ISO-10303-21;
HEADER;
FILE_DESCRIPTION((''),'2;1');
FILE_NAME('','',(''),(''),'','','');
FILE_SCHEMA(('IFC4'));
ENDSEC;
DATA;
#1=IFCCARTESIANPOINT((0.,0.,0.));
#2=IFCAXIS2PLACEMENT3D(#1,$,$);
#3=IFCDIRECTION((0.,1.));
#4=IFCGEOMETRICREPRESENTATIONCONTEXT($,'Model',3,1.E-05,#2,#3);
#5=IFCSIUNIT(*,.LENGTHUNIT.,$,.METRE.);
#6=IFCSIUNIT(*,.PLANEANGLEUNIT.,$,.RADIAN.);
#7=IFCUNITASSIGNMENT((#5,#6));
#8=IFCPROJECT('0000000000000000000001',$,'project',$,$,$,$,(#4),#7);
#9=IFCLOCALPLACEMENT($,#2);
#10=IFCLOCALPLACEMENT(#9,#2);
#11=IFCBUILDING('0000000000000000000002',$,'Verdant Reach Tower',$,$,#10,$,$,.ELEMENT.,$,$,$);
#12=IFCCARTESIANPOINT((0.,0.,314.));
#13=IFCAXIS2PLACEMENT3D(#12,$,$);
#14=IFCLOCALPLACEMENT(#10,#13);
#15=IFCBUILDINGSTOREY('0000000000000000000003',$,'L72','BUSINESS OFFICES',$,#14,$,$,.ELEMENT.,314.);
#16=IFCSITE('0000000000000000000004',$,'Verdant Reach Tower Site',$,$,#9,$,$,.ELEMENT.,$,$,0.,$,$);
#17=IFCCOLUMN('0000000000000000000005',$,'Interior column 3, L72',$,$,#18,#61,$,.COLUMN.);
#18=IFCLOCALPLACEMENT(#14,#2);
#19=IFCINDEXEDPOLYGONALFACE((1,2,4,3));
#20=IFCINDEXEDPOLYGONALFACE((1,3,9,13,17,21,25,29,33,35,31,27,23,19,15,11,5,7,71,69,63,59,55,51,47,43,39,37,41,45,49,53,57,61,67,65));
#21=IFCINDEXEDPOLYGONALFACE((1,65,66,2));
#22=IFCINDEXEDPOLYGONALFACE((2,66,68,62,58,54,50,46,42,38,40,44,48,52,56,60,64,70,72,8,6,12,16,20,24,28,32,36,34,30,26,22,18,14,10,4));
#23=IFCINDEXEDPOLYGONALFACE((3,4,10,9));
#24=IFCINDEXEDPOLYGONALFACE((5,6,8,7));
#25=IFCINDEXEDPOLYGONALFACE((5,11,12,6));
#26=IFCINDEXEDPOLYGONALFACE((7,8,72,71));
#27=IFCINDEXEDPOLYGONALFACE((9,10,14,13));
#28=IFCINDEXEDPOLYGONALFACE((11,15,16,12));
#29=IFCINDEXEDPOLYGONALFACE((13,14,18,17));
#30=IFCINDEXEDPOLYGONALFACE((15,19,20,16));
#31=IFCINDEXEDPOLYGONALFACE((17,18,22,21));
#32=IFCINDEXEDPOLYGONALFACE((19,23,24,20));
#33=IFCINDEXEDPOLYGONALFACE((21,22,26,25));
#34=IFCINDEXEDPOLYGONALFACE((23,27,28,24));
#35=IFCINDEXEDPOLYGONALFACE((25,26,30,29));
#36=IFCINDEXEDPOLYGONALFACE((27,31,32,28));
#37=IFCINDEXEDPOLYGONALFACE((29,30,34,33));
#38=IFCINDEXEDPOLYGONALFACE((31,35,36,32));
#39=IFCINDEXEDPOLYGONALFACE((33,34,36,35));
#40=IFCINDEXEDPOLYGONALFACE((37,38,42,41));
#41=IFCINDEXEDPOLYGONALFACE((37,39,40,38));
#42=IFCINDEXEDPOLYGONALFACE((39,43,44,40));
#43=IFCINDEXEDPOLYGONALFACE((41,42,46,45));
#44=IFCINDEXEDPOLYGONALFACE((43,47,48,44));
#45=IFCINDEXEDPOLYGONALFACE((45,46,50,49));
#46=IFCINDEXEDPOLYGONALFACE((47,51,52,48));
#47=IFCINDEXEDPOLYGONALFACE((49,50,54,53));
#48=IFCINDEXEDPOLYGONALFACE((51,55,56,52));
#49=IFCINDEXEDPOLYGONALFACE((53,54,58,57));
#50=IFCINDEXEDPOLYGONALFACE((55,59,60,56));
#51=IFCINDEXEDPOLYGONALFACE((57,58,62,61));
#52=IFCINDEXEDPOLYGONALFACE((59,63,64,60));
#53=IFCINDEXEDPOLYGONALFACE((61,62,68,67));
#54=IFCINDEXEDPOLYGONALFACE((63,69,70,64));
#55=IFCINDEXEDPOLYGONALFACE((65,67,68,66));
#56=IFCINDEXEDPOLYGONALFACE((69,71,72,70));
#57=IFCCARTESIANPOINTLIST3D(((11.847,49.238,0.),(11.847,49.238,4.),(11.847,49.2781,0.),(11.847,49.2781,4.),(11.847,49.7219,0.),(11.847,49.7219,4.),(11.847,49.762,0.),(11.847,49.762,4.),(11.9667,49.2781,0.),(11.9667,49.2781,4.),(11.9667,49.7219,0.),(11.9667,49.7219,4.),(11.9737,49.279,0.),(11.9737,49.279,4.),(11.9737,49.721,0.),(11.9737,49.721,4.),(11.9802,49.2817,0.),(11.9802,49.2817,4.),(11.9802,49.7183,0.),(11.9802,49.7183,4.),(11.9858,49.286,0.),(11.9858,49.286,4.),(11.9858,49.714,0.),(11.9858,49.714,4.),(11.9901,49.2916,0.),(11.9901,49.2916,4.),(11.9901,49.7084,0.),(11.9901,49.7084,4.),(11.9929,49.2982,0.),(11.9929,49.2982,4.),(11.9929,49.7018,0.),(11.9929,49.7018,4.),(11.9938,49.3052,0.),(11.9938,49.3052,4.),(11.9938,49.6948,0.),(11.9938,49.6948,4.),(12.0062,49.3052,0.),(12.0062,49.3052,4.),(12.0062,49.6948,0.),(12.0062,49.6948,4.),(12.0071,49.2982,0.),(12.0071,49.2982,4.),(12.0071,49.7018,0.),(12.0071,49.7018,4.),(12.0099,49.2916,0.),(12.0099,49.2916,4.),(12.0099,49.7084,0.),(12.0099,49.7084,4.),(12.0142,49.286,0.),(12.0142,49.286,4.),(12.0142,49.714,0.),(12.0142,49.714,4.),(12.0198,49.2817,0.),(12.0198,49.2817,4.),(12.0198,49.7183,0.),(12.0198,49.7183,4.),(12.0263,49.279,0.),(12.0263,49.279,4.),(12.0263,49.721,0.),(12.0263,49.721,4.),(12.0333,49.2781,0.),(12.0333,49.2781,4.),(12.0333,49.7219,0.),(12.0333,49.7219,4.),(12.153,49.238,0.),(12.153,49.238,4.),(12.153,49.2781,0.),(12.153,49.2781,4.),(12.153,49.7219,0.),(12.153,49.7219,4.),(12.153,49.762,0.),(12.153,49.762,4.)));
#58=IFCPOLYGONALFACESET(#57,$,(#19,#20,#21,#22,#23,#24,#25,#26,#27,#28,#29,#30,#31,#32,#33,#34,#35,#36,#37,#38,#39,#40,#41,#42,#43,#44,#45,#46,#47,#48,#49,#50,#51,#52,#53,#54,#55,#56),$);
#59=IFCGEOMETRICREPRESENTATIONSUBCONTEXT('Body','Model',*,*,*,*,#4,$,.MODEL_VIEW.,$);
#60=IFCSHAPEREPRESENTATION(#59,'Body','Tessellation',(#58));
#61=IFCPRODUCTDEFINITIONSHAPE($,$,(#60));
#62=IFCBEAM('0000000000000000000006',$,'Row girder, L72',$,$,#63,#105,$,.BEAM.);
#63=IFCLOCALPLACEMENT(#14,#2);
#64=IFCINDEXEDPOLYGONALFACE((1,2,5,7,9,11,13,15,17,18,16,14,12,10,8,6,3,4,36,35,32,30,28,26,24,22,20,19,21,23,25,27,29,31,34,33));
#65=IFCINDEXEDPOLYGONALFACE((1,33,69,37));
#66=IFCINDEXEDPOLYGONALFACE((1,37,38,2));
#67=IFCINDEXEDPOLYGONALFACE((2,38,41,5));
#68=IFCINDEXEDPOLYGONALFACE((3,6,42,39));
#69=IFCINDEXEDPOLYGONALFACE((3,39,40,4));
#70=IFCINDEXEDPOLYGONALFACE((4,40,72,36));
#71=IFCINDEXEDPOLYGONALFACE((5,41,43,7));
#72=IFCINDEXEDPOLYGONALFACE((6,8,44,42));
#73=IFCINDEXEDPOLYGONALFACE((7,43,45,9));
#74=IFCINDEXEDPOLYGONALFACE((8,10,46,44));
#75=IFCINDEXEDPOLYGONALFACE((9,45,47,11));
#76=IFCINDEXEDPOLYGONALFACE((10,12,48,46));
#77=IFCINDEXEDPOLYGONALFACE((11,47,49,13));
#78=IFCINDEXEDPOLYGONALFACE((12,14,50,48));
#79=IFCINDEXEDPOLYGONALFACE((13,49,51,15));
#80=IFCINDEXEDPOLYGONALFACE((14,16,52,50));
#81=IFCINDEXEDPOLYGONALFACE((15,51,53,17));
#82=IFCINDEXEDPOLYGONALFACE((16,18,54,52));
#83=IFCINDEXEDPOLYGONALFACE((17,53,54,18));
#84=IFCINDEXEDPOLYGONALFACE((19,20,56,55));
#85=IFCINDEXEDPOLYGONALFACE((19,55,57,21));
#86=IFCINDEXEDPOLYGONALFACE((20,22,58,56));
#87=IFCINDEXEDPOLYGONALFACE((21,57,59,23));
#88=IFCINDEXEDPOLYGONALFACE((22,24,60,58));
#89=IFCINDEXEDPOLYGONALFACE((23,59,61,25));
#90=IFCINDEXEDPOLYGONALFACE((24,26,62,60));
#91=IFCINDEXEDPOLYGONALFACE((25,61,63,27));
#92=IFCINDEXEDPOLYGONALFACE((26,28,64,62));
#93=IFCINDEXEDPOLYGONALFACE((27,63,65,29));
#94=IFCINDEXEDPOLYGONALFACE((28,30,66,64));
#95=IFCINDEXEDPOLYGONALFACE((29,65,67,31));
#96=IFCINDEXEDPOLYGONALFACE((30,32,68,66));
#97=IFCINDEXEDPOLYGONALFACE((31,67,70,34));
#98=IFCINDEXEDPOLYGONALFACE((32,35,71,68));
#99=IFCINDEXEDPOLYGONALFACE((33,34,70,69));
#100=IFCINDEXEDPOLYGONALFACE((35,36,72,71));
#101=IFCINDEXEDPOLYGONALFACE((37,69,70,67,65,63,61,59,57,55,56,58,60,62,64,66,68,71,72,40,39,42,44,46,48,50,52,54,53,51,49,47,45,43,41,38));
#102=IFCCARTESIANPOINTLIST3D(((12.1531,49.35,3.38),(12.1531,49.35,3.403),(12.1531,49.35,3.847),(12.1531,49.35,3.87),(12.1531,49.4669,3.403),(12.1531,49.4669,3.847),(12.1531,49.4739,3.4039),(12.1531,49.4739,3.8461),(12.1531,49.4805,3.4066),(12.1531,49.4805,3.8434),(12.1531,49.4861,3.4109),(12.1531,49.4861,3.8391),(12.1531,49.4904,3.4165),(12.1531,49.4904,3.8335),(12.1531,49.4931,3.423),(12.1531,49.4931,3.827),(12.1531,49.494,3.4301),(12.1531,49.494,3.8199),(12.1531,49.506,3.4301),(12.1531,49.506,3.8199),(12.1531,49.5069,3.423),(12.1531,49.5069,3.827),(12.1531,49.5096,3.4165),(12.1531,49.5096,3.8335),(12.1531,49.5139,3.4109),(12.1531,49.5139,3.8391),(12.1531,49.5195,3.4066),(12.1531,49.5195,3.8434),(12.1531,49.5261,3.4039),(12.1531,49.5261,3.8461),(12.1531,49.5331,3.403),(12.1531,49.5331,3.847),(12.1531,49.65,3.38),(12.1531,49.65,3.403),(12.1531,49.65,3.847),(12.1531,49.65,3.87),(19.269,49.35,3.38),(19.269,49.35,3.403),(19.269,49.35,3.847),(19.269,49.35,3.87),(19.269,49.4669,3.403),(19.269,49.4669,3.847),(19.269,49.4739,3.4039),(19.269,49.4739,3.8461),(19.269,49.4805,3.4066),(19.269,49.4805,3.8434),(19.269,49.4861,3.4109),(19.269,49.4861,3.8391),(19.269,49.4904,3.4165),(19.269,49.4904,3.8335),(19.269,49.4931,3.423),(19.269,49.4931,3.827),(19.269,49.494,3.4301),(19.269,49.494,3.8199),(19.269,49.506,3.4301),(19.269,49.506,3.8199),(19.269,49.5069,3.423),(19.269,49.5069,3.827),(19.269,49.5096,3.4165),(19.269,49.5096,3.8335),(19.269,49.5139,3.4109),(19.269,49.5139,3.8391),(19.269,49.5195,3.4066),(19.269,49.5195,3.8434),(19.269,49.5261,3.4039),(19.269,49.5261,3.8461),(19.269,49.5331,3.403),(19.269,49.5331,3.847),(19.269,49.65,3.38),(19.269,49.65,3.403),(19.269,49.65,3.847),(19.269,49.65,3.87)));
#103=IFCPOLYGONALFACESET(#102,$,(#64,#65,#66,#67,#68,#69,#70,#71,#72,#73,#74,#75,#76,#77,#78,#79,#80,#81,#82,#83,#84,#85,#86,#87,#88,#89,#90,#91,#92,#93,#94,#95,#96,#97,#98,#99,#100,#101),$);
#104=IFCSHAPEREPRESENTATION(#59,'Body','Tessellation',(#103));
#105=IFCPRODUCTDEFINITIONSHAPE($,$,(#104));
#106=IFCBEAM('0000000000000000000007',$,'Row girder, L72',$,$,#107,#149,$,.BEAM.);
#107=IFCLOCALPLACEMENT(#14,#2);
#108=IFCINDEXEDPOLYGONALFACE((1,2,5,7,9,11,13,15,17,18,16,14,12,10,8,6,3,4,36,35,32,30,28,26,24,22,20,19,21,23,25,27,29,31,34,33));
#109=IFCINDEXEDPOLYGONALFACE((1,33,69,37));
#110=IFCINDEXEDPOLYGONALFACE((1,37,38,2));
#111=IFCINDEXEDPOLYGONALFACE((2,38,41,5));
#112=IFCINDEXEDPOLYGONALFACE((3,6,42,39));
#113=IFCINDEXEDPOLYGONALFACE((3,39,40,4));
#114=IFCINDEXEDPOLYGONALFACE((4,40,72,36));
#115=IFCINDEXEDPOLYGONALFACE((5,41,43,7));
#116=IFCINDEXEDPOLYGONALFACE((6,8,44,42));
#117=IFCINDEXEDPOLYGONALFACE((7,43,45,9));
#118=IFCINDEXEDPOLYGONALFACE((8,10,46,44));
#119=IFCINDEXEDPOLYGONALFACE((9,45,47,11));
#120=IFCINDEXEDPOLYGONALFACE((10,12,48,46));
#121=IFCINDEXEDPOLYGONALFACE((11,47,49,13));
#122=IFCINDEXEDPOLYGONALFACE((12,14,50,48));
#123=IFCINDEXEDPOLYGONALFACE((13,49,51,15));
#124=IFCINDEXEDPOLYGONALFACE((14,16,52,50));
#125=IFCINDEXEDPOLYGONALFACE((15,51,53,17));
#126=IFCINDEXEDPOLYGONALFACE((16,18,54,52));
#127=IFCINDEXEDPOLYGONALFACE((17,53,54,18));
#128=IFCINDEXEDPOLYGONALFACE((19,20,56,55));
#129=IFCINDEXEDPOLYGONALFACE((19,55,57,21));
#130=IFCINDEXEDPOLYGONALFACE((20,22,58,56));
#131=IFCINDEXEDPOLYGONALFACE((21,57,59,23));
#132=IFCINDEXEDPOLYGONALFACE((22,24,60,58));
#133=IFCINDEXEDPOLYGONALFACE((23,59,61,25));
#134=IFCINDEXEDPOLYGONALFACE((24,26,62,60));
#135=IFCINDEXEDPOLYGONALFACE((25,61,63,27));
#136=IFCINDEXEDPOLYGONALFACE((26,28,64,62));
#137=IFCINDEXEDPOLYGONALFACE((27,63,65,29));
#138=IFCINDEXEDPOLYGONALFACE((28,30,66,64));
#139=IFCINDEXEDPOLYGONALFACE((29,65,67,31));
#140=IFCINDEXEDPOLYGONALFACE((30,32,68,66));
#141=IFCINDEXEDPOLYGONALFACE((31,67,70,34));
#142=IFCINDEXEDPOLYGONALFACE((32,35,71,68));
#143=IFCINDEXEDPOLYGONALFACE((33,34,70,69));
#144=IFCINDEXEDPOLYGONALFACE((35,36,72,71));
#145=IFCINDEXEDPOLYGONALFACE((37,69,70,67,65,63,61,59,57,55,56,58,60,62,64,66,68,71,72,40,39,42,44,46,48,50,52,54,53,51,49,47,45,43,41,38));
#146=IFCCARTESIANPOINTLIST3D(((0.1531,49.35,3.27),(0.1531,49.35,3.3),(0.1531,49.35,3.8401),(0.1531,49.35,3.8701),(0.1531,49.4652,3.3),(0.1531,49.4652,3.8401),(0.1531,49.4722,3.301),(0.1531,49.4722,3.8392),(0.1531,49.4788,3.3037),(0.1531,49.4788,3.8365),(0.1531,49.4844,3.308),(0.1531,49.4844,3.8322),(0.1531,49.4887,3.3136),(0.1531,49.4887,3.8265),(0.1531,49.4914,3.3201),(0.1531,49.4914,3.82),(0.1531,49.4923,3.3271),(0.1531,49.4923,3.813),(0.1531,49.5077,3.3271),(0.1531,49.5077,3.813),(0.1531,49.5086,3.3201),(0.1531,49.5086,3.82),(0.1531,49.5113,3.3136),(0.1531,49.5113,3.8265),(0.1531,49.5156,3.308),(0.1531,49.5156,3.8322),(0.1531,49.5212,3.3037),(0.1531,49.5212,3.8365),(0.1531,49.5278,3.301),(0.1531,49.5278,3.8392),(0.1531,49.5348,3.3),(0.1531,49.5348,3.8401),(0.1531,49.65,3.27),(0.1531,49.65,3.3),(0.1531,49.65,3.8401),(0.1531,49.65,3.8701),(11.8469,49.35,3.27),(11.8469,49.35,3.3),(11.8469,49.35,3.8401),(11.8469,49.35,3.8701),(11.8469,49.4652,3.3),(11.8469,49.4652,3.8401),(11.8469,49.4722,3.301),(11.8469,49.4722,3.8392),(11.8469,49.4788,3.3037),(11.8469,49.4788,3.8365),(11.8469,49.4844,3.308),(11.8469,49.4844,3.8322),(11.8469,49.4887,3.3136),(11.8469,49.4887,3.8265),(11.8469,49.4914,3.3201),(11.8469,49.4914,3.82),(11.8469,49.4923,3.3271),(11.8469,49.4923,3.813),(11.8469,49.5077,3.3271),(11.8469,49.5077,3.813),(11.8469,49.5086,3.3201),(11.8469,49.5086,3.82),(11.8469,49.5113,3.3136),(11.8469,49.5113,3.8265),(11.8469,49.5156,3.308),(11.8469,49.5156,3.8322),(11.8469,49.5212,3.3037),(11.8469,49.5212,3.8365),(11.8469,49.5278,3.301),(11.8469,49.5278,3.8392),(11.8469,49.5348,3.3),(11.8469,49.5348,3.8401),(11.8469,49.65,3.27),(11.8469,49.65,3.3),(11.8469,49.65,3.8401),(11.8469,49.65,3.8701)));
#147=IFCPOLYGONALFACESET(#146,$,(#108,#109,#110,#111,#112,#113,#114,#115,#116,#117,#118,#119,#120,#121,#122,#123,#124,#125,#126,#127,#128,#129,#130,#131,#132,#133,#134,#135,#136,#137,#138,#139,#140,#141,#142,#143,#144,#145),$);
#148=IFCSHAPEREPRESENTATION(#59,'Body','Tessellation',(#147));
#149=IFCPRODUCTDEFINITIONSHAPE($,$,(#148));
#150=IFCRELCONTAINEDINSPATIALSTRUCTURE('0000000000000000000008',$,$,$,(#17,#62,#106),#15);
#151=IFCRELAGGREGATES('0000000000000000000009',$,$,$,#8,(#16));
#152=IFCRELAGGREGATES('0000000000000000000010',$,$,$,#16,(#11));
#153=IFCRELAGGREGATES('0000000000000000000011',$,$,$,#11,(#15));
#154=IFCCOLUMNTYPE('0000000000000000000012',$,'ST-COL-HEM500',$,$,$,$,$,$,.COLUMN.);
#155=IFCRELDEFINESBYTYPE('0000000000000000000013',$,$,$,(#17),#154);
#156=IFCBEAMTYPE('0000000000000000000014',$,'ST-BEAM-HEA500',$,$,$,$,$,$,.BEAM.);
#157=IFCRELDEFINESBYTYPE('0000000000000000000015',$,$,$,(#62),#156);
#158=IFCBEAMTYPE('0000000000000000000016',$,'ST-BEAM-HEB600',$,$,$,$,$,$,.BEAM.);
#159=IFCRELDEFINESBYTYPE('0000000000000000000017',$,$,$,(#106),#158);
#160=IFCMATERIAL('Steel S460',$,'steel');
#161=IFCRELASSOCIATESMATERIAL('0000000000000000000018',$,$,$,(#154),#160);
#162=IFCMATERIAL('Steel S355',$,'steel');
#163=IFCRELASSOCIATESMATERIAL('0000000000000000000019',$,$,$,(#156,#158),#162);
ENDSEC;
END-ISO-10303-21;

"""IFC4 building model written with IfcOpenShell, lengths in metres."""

from ifc_helpers import new_model, si_unit, direction, frame, origin, origin_2d, place, context, subcontext, project, spatial, i_section, extrude, material, material_profile, profile_set, type_object, element, save


model = new_model("IFC4")

# Units and contexts
model_context = context("Model", 3, precision=1e-05, world=origin(), true_north=direction((0.0, 1.0)))
body_context = subcontext(model_context, "Body", "Model", "MODEL_VIEW")
ifc_project = project(units=[si_unit("LENGTHUNIT", "METRE"), si_unit("PLANEANGLEUNIT", "RADIAN")], contexts=[model_context])

# Site, building, storey
site_placement = place(None, origin())
site = spatial("IfcSite", under=ifc_project, at=site_placement, Name="Verdant Reach Tower Site", CompositionType="ELEMENT", RefElevation=0.0)
building_placement = place(site_placement, origin())
building = spatial("IfcBuilding", under=site, at=building_placement, Name="Verdant Reach Tower", CompositionType="ELEMENT")
storey_placement = place(building_placement, frame((0.0, 0.0, 314.0)))
storey = spatial("IfcBuildingStorey", under=building, at=storey_placement, Name="L72", Description="BUSINESS OFFICES", CompositionType="ELEMENT", Elevation=314.0)

# Column
ifc_material_1 = material(Name="Steel S460", Category="steel")
ifc_material_profile_1 = material_profile(ifc_material_1, i_section(OverallWidth=0.3059, OverallDepth=0.5239, WebThickness=0.0125, FlangeThickness=0.04, FilletRadius=0.0271, at=origin_2d()), Name="HEM 500")
ifc_profile_set_1 = profile_set([ifc_material_profile_1], Name="Steel S460")
column_type = type_object("IfcColumnType", Name="ST-COL-HEM500", PredefinedType="COLUMN", material=ifc_profile_set_1)
column_placement = place(storey_placement, frame((12.0, 49.5, 0.0), z_axis=(0.0, 0.0, 1.0), x_axis=(1.0, 0.0, 0.0)))
element("IfcColumn", 1, at=column_placement, inside=storey, type_object=column_type, Name="Interior column 3, L72", PredefinedType="COLUMN", context=body_context, shape_type="SweptSolid", body=[
    extrude(i_section(OverallWidth=0.3059, OverallDepth=0.5239, WebThickness=0.0125, FlangeThickness=0.04, FilletRadius=0.0271, at=origin_2d()), origin(), (0.0, 0.0, 1.0), 4.0),
])

# Beams
ifc_material_2 = material(Name="Steel S355", Category="steel")
ifc_material_profile_2 = material_profile(ifc_material_2, i_section(OverallWidth=0.3, OverallDepth=0.49, WebThickness=0.012, FlangeThickness=0.0229, FilletRadius=0.0271, at=origin_2d()), Name="HEA 500")
ifc_profile_set_2 = profile_set([ifc_material_profile_2], Name="Steel S355")
beam_type_1 = type_object("IfcBeamType", Name="ST-BEAM-HEA500", PredefinedType="BEAM", material=ifc_profile_set_2)
beam_1_placement = place(storey_placement, frame((12.1531, 49.5, 3.625), z_axis=(1.0, 0.0, 0.0), x_axis=(0.0, 1.0, 0.0)))
element("IfcBeam", 2, at=beam_1_placement, inside=storey, type_object=beam_type_1, Name="Row girder, L72", PredefinedType="BEAM", context=body_context, shape_type="SweptSolid", body=[
    extrude(i_section(OverallWidth=0.3, OverallDepth=0.49, WebThickness=0.012, FlangeThickness=0.0229, FilletRadius=0.0271, at=origin_2d()), origin(), (0.0, 0.0, 1.0), 7.116),
])
ifc_material_profile_3 = material_profile(ifc_material_2, i_section(OverallWidth=0.3, OverallDepth=0.6001, WebThickness=0.0154, FlangeThickness=0.03, FilletRadius=0.0271, at=origin_2d()), Name="HEB 600")
ifc_profile_set_3 = profile_set([ifc_material_profile_3], Name="Steel S355")
beam_type_2 = type_object("IfcBeamType", Name="ST-BEAM-HEB600", PredefinedType="BEAM", material=ifc_profile_set_3)
beam_2_placement = place(storey_placement, frame((0.1531, 49.5, 3.5701), z_axis=(1.0, 0.0, 0.0), x_axis=(0.0, 1.0, 0.0)))
element("IfcBeam", 3, at=beam_2_placement, inside=storey, type_object=beam_type_2, Name="Row girder, L72", PredefinedType="BEAM", context=body_context, shape_type="SweptSolid", body=[
    extrude(i_section(OverallWidth=0.3, OverallDepth=0.6001, WebThickness=0.0154, FlangeThickness=0.03, FilletRadius=0.0271, at=origin_2d()), origin(), (0.0, 0.0, 1.0), 11.6938),
])

save(model, "model.ifc")
